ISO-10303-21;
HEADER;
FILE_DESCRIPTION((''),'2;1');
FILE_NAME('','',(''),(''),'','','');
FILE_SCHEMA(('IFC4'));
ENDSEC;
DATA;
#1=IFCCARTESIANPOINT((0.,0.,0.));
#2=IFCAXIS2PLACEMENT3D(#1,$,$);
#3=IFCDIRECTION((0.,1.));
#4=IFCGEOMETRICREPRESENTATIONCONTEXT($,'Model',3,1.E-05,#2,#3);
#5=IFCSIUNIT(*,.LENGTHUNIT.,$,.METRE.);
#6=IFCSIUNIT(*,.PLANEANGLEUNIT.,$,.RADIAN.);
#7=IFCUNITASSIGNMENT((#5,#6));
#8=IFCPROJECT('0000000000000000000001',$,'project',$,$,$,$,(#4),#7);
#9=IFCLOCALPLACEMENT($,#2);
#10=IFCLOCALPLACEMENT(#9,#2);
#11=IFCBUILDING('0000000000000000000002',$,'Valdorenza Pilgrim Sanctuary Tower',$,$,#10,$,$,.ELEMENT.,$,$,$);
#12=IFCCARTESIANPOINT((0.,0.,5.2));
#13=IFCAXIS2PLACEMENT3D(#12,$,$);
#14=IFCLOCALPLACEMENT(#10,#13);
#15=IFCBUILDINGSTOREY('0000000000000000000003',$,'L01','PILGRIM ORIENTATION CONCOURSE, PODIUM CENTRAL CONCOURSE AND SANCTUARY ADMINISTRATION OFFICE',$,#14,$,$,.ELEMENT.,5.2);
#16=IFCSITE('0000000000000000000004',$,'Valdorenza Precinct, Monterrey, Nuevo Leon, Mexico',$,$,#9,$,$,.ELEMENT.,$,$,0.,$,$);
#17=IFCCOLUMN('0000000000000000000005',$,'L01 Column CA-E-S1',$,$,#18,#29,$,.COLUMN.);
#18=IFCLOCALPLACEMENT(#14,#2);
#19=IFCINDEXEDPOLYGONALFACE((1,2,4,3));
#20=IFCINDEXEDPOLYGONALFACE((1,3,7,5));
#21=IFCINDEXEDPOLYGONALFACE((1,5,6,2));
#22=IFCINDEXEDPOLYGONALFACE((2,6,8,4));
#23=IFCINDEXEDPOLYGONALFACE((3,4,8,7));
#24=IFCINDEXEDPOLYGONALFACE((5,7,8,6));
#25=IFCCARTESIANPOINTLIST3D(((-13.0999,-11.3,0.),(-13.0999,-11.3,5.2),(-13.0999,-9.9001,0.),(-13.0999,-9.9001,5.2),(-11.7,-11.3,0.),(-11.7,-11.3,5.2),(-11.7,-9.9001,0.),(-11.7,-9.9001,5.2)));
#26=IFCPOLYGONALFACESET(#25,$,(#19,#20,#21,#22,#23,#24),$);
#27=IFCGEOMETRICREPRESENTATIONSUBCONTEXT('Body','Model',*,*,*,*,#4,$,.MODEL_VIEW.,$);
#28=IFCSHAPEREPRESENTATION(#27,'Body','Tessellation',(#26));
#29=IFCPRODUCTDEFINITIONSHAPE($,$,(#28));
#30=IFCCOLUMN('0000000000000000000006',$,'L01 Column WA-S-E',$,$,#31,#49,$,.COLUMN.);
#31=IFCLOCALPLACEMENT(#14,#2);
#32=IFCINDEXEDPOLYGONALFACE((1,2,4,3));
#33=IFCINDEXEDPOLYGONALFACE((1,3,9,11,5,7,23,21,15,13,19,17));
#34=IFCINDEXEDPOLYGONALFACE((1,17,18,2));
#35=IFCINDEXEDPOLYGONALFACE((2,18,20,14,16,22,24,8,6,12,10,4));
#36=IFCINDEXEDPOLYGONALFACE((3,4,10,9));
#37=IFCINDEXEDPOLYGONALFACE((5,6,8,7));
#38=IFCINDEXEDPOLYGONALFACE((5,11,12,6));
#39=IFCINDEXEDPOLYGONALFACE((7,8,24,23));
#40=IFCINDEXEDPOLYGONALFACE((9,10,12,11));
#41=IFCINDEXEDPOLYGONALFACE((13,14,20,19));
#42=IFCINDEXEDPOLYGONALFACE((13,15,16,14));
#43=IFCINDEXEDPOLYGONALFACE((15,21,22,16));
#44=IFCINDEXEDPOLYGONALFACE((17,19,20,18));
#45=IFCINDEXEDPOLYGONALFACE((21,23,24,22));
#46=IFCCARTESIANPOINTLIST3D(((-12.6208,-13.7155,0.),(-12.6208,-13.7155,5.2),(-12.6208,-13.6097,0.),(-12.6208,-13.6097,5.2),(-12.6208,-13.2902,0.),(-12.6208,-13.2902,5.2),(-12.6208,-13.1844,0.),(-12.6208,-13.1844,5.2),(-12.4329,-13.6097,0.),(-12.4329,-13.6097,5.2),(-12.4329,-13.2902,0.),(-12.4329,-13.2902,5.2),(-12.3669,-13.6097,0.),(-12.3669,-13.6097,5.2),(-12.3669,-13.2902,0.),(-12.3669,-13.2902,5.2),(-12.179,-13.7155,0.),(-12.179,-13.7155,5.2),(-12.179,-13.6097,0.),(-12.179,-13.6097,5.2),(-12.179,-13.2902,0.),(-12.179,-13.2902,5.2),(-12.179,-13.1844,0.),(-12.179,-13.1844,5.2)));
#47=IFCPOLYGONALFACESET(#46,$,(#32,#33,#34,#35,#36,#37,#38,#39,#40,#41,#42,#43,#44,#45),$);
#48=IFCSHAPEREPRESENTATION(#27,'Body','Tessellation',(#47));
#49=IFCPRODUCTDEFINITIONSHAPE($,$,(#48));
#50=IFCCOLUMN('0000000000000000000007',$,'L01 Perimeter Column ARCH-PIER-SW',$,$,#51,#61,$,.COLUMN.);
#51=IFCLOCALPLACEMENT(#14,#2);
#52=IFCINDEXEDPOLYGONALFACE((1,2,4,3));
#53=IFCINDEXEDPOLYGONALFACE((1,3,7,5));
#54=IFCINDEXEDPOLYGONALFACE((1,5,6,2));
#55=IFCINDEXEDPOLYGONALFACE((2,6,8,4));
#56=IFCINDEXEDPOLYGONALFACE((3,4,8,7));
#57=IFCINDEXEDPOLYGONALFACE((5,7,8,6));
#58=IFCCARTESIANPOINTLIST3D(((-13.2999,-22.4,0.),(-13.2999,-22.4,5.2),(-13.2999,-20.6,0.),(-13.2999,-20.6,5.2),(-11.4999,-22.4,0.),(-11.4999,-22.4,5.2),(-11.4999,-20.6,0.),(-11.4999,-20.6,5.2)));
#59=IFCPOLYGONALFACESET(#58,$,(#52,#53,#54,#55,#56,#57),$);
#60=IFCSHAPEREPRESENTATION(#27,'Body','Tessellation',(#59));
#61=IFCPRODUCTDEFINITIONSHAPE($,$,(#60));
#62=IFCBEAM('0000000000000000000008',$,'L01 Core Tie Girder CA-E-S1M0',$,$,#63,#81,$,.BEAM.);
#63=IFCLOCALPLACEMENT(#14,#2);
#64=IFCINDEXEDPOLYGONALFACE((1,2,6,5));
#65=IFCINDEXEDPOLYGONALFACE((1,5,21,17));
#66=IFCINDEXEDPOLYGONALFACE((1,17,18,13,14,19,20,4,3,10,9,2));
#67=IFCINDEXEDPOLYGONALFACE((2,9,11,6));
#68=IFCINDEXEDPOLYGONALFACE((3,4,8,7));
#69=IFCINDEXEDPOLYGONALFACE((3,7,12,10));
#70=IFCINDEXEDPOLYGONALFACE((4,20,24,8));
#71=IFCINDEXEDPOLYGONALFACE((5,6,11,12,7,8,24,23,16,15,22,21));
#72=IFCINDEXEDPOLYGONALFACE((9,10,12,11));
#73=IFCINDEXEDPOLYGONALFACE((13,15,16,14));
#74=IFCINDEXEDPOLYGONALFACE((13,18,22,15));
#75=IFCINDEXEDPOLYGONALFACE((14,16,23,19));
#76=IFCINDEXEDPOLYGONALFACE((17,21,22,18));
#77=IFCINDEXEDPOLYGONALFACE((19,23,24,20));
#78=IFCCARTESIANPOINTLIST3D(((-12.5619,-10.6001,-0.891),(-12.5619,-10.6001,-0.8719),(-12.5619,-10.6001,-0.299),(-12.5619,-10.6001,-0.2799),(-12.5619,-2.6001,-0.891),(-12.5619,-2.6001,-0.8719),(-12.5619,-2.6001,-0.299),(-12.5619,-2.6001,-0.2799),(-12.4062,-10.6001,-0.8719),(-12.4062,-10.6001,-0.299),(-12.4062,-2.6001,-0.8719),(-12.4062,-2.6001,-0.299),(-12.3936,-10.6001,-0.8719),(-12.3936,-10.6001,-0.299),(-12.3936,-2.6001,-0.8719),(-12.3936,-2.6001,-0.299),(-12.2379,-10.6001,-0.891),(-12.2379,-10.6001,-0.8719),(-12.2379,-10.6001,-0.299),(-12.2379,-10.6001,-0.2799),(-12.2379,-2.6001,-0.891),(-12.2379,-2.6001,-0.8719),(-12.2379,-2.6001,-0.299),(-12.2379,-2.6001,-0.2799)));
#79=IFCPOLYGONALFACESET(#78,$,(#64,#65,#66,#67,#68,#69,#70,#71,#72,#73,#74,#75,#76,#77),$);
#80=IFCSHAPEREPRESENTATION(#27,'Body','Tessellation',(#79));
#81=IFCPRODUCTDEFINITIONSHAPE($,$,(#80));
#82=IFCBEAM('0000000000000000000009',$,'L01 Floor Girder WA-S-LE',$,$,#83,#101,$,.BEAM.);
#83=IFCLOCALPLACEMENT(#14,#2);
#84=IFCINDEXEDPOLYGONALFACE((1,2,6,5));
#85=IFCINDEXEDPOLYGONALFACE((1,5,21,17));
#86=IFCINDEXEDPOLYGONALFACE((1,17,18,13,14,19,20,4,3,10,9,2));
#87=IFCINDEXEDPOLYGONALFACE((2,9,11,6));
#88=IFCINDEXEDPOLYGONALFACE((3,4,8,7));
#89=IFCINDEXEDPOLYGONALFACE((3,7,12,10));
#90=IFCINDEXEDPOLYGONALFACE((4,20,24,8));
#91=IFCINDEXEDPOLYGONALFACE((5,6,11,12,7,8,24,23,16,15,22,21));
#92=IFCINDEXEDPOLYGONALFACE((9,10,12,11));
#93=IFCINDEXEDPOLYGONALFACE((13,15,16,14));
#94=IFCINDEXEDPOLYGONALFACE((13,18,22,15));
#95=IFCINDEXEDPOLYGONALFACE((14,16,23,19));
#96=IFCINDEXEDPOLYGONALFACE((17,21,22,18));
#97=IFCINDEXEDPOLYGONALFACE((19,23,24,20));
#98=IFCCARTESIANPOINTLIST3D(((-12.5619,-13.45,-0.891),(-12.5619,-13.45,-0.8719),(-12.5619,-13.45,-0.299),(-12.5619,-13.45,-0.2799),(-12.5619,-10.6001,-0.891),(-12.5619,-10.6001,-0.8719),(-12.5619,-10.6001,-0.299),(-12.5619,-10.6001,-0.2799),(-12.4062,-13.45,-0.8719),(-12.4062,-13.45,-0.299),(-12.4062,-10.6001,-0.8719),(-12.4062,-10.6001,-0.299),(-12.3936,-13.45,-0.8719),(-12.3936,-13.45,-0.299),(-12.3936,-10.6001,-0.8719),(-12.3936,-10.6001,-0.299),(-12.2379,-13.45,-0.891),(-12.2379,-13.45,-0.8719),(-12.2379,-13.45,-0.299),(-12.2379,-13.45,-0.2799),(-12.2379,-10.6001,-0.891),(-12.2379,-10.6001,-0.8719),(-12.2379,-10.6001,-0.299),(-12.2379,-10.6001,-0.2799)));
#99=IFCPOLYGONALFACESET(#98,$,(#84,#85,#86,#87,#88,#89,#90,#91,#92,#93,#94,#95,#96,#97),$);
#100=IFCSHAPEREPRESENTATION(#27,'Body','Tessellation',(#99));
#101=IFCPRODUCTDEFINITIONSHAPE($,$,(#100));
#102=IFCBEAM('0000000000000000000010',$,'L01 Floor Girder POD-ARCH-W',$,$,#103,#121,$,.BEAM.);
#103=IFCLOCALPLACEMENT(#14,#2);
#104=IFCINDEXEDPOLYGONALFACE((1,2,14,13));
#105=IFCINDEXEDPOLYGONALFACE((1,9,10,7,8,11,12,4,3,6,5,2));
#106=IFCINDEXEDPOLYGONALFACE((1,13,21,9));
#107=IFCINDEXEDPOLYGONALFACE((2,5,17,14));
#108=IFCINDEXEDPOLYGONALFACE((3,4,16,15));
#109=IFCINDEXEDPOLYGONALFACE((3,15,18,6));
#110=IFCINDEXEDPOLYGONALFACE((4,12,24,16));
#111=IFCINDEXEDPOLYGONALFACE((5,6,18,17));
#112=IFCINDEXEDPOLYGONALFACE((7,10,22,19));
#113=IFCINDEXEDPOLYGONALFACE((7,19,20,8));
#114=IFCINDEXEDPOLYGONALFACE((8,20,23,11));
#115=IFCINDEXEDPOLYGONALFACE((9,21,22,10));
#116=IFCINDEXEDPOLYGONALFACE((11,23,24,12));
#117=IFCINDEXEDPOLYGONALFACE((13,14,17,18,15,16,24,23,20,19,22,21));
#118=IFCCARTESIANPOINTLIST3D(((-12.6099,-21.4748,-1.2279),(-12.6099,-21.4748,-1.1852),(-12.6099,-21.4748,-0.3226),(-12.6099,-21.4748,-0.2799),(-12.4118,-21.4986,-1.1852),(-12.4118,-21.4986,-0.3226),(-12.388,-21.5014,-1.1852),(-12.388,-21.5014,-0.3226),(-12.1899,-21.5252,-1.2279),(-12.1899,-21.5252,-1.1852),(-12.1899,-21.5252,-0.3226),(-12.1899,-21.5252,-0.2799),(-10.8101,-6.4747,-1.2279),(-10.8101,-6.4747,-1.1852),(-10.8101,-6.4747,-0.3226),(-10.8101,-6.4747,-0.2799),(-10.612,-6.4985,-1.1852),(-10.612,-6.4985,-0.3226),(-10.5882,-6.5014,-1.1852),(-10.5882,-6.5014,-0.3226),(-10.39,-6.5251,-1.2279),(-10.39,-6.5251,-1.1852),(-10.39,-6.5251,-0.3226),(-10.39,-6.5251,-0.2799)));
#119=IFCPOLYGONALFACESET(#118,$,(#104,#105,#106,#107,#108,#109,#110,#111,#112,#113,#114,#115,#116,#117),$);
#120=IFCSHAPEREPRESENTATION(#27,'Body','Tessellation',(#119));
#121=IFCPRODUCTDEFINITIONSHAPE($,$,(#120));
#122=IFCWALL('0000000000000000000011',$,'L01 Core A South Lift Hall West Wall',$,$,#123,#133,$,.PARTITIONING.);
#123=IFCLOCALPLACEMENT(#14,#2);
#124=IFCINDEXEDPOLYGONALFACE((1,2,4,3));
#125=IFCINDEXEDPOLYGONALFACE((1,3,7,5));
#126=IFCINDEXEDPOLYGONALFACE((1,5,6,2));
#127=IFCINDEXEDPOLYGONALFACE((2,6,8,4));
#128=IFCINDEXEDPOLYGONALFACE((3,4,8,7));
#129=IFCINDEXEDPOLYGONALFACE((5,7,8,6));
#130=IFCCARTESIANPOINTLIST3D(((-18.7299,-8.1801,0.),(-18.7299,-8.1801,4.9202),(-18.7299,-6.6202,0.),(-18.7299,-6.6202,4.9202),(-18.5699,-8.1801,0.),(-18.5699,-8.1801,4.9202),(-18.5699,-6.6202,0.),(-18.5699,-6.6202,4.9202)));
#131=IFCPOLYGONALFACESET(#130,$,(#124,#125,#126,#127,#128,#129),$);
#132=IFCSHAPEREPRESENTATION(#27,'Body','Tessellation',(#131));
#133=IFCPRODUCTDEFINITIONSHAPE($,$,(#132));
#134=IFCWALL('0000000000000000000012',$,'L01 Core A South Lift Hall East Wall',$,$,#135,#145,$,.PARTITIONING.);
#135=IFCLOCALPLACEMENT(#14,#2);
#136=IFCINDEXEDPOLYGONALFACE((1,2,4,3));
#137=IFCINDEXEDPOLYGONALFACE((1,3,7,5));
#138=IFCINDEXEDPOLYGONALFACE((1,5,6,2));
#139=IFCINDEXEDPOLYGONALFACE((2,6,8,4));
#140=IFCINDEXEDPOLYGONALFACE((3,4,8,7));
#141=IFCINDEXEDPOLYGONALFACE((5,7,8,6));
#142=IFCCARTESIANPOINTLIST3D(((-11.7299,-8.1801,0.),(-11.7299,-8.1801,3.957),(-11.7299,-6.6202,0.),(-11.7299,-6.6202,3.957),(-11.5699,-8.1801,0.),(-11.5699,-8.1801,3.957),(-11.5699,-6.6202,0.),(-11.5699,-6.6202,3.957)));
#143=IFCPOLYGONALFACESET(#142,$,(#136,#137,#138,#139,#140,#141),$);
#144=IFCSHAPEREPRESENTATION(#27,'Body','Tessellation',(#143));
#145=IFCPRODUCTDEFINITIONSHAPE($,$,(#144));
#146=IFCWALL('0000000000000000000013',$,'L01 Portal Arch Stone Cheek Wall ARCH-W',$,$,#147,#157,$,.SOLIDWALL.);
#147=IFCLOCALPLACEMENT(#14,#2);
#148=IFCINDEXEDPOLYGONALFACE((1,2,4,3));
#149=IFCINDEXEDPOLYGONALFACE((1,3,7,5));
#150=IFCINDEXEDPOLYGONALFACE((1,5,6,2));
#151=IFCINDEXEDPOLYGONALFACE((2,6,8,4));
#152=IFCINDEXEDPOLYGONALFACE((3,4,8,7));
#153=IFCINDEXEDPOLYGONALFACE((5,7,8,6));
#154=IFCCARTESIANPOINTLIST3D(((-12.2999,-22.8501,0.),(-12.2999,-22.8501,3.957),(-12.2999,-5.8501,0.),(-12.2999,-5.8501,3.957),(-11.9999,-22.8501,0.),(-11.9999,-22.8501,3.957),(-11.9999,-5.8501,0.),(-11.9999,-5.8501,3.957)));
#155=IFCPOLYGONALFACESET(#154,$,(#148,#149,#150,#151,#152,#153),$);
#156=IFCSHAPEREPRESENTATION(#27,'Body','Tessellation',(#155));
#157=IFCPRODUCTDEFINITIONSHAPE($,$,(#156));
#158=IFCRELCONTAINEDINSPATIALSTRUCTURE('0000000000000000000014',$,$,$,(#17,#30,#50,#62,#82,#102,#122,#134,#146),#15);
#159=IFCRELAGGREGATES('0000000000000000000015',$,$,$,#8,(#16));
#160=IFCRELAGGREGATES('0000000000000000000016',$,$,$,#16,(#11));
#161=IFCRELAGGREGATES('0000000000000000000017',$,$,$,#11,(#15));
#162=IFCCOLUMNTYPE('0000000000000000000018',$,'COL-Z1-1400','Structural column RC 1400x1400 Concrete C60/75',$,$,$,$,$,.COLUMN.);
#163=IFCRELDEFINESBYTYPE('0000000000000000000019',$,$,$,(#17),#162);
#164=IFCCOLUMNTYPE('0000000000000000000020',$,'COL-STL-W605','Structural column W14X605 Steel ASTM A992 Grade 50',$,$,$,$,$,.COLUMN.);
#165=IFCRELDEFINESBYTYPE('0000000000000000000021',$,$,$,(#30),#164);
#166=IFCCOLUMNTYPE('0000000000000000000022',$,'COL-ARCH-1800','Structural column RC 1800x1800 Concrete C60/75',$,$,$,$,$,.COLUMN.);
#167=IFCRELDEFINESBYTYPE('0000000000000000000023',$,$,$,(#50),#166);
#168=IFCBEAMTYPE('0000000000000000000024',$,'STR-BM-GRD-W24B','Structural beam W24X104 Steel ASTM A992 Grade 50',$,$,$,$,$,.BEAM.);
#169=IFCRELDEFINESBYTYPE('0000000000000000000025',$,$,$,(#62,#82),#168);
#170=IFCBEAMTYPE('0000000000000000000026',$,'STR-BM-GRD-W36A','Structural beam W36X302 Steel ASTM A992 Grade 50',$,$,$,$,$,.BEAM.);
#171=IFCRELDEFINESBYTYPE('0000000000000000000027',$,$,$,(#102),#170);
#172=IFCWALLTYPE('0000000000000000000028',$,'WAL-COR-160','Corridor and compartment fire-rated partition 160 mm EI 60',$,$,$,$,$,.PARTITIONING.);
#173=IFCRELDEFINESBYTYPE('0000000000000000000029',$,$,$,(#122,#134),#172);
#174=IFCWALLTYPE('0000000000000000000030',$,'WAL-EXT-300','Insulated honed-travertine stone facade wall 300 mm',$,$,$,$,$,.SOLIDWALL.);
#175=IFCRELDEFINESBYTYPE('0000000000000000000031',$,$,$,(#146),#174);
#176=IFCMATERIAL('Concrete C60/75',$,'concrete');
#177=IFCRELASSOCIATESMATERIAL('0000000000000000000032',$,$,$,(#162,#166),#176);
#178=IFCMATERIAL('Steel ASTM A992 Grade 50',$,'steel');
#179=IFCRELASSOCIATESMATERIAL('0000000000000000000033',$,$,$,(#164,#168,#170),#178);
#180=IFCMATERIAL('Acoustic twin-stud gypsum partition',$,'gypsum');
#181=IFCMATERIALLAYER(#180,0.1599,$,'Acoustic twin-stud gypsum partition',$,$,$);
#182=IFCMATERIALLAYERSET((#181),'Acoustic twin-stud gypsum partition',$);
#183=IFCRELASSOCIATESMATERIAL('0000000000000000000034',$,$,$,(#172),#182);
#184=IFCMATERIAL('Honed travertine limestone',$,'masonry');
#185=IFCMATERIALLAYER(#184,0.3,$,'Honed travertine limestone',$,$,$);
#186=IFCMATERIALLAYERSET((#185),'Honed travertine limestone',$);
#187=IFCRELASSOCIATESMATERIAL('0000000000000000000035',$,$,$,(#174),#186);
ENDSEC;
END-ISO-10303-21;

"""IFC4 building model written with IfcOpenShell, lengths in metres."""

from ifc_helpers import new_model, si_unit, direction, frame, frame_2d, origin, origin_2d, place, context, subcontext, project, spatial, rectangle, i_section, extrude, source, transform, mapped, material, layer, layer_set, material_profile, profile_set, type_object, element, save


model = new_model("IFC4")

# Units and contexts
model_context = context("Model", 3, precision=1e-05, world=origin(), true_north=direction((0.0, 1.0)))
body_context = subcontext(model_context, "Body", "Model", "MODEL_VIEW")
ifc_project = project(units=[si_unit("LENGTHUNIT", "METRE"), si_unit("PLANEANGLEUNIT", "RADIAN")], contexts=[model_context])

# Site, building, storey
site_placement = place(None, origin())
site = spatial("IfcSite", under=ifc_project, at=site_placement, Name="Valdorenza Precinct, Monterrey, Nuevo Leon, Mexico", CompositionType="ELEMENT", RefElevation=0.0)
building_placement = place(site_placement, origin())
building = spatial("IfcBuilding", under=site, at=building_placement, Name="Valdorenza Pilgrim Sanctuary Tower", CompositionType="ELEMENT")
storey_placement = place(building_placement, frame((0.0, 0.0, 5.2)))
storey = spatial("IfcBuildingStorey", under=building, at=storey_placement, Name="L01", Description="PILGRIM ORIENTATION CONCOURSE, PODIUM CENTRAL CONCOURSE AND SANCTUARY ADMINISTRATION OFFICE", CompositionType="ELEMENT", Elevation=5.2)

# Columns
ifc_material_1 = material(Name="Concrete C60/75", Category="concrete")
ifc_material_profile_1 = material_profile(ifc_material_1, rectangle(XDim=1.3999, YDim=1.3999, at=origin_2d()), Name="RC 1400x1400")
ifc_profile_set_1 = profile_set([ifc_material_profile_1], Name="Concrete C60/75")
column_type_1 = type_object("IfcColumnType", Name="COL-Z1-1400", Description="Structural column RC 1400x1400 Concrete C60/75", PredefinedType="COLUMN", material=ifc_profile_set_1)
shared_shape_1 = source(origin(), body_context, "Body", "SweptSolid", [
    extrude(rectangle(XDim=1.3999, YDim=1.3999, at=origin_2d()), origin(), (0.0, 0.0, 1.0), 5.2),
])
column_1_placement = place(storey_placement, frame((-12.3999, -10.6001, 0.0), z_axis=(0.0, 0.0, 1.0), x_axis=(1.0, 0.0, 0.0)))
element("IfcColumn", 1, at=column_1_placement, inside=storey, type_object=column_type_1, Name="L01 Column CA-E-S1", PredefinedType="COLUMN", context=body_context, shape_type="MappedRepresentation", body=[
    mapped(shared_shape_1, transform((0.0, 0.0, 0.0), x_axis=(1.0, 0.0, 0.0), y_axis=(0.0, 1.0, 0.0), z_axis=(0.0, 0.0, 1.0), scale=1.0)),
])
ifc_material_2 = material(Name="Steel ASTM A992 Grade 50", Category="steel")
ifc_material_profile_2 = material_profile(ifc_material_2, i_section(OverallWidth=0.4419, OverallDepth=0.531, WebThickness=0.0659, FlangeThickness=0.1057, at=origin_2d()), Name="W14X605")
ifc_profile_set_2 = profile_set([ifc_material_profile_2], Name="Steel ASTM A992 Grade 50")
column_type_2 = type_object("IfcColumnType", Name="COL-STL-W605", Description="Structural column W14X605 Steel ASTM A992 Grade 50", PredefinedType="COLUMN", material=ifc_profile_set_2)
shared_shape_2 = source(origin(), body_context, "Body", "SweptSolid", [
    extrude(i_section(OverallWidth=0.4419, OverallDepth=0.531, WebThickness=0.0659, FlangeThickness=0.1057, at=origin_2d()), origin(), (0.0, 0.0, 1.0), 5.2),
])
column_2_placement = place(storey_placement, frame((-12.3999, -13.45, 0.0), z_axis=(0.0, 0.0, 1.0), x_axis=(1.0, 0.0, 0.0)))
element("IfcColumn", 2, at=column_2_placement, inside=storey, type_object=column_type_2, Name="L01 Column WA-S-E", PredefinedType="COLUMN", context=body_context, shape_type="MappedRepresentation", body=[
    mapped(shared_shape_2, transform((0.0, 0.0, 0.0), x_axis=(1.0, 0.0, 0.0), y_axis=(0.0, 1.0, 0.0), z_axis=(0.0, 0.0, 1.0), scale=1.0)),
])
ifc_material_profile_3 = material_profile(ifc_material_1, rectangle(XDim=1.8, YDim=1.8, at=origin_2d()), Name="RC 1800x1800")
ifc_profile_set_3 = profile_set([ifc_material_profile_3], Name="Concrete C60/75")
column_type_3 = type_object("IfcColumnType", Name="COL-ARCH-1800", Description="Structural column RC 1800x1800 Concrete C60/75", PredefinedType="COLUMN", material=ifc_profile_set_3)
shared_shape_3 = source(origin(), body_context, "Body", "SweptSolid", [
    extrude(rectangle(XDim=1.8, YDim=1.8, at=origin_2d()), origin(), (0.0, 0.0, 1.0), 5.2),
])
column_3_placement = place(storey_placement, frame((-12.3999, -21.5, 0.0), z_axis=(0.0, 0.0, 1.0), x_axis=(1.0, 0.0, 0.0)))
element("IfcColumn", 3, at=column_3_placement, inside=storey, type_object=column_type_3, Name="L01 Perimeter Column ARCH-PIER-SW", PredefinedType="COLUMN", context=body_context, shape_type="MappedRepresentation", body=[
    mapped(shared_shape_3, transform((0.0, 0.0, 0.0), x_axis=(1.0, 0.0, 0.0), y_axis=(0.0, 1.0, 0.0), z_axis=(0.0, 0.0, 1.0), scale=1.0)),
])

# Beams
ifc_material_profile_4 = material_profile(ifc_material_2, i_section(OverallWidth=0.324, OverallDepth=0.6111, WebThickness=0.0127, FlangeThickness=0.019, at=origin_2d()), Name="W24X104")
ifc_profile_set_4 = profile_set([ifc_material_profile_4], Name="Steel ASTM A992 Grade 50")
beam_type_1 = type_object("IfcBeamType", Name="STR-BM-GRD-W24B", Description="Structural beam W24X104 Steel ASTM A992 Grade 50", PredefinedType="BEAM", material=ifc_profile_set_4)
shared_shape_4 = source(origin(), body_context, "Body", "SweptSolid", [
    extrude(i_section(OverallWidth=0.324, OverallDepth=0.6111, WebThickness=0.0127, FlangeThickness=0.019, at=origin_2d()), origin(), (0.0, 0.0, 1.0), 8.0),
])
beam_1_placement = place(storey_placement, frame((-12.3999, -10.6001, -0.5854), z_axis=(0.0, 1.0, 0.0), x_axis=(-1.0, 0.0, 0.0)))
element("IfcBeam", 4, at=beam_1_placement, inside=storey, type_object=beam_type_1, Name="L01 Core Tie Girder CA-E-S1M0", PredefinedType="BEAM", context=body_context, shape_type="MappedRepresentation", body=[
    mapped(shared_shape_4, transform((0.0, 0.0, 0.0), x_axis=(1.0, 0.0, 0.0), y_axis=(0.0, 1.0, 0.0), z_axis=(0.0, 0.0, 1.0), scale=1.0)),
])
shared_shape_5 = source(origin(), body_context, "Body", "SweptSolid", [
    extrude(i_section(OverallWidth=0.324, OverallDepth=0.6111, WebThickness=0.0127, FlangeThickness=0.019, at=origin_2d()), origin(), (0.0, 0.0, 1.0), 2.8499),
])
beam_2_placement = place(storey_placement, frame((-12.3999, -13.45, -0.5854), z_axis=(0.0, 1.0, 0.0), x_axis=(-1.0, 0.0, 0.0)))
element("IfcBeam", 5, at=beam_2_placement, inside=storey, type_object=beam_type_1, Name="L01 Floor Girder WA-S-LE", PredefinedType="BEAM", context=body_context, shape_type="MappedRepresentation", body=[
    mapped(shared_shape_5, transform((0.0, 0.0, 0.0), x_axis=(1.0, 0.0, 0.0), y_axis=(0.0, 1.0, 0.0), z_axis=(0.0, 0.0, 1.0), scale=1.0)),
])
ifc_material_profile_5 = material_profile(ifc_material_2, i_section(OverallWidth=0.4231, OverallDepth=0.948, WebThickness=0.0239, FlangeThickness=0.0427, at=origin_2d()), Name="W36X302")
ifc_profile_set_5 = profile_set([ifc_material_profile_5], Name="Steel ASTM A992 Grade 50")
beam_type_2 = type_object("IfcBeamType", Name="STR-BM-GRD-W36A", Description="Structural beam W36X302 Steel ASTM A992 Grade 50", PredefinedType="BEAM", material=ifc_profile_set_5)
shared_shape_6 = source(origin(), body_context, "Body", "SweptSolid", [
    extrude(i_section(OverallWidth=0.4231, OverallDepth=0.948, WebThickness=0.0239, FlangeThickness=0.0427, at=origin_2d()), origin(), (0.0, 0.0, 1.0), 15.1077),
])
beam_3_placement = place(storey_placement, frame((-12.3999, -21.5, -0.7539), z_axis=(0.119132, 0.992878, 0.0), x_axis=(-0.992878, 0.119132, 0.0)))
element("IfcBeam", 6, at=beam_3_placement, inside=storey, type_object=beam_type_2, Name="L01 Floor Girder POD-ARCH-W", PredefinedType="BEAM", context=body_context, shape_type="MappedRepresentation", body=[
    mapped(shared_shape_6, transform((0.0, 0.0, 0.0), x_axis=(1.0, 0.0, 0.0), y_axis=(0.0, 1.0, 0.0), z_axis=(0.0, 0.0, 1.0), scale=1.0)),
])

# Walls
ifc_material_3 = material(Name="Acoustic twin-stud gypsum partition", Category="gypsum")
ifc_layer_1 = layer(ifc_material_3, 0.1599, Name="Acoustic twin-stud gypsum partition")
ifc_layer_set_1 = layer_set([ifc_layer_1], Name="Acoustic twin-stud gypsum partition")
wall_type_1 = type_object("IfcWallType", Name="WAL-COR-160", Description="Corridor and compartment fire-rated partition 160 mm EI 60", PredefinedType="PARTITIONING", material=ifc_layer_set_1)
wall_1_placement = place(storey_placement, frame((-18.6499, -8.1799, 0.0), z_axis=(0.0, 0.0, 1.0), x_axis=(0.0, 1.0, 0.0)))
element("IfcWall", 7, at=wall_1_placement, inside=storey, type_object=wall_type_1, Name="L01 Core A South Lift Hall West Wall", PredefinedType="PARTITIONING", context=body_context, shape_type="SweptSolid", body=[
    extrude(rectangle(XDim=1.5598, YDim=0.1599, at=frame_2d((0.7798, 0.0))), origin(), (0.0, 0.0, 1.0), 4.9202),
])
wall_2_placement = place(storey_placement, frame((-11.6499, -8.1799, 0.0), z_axis=(0.0, 0.0, 1.0), x_axis=(0.0, 1.0, 0.0)))
element("IfcWall", 8, at=wall_2_placement, inside=storey, type_object=wall_type_1, Name="L01 Core A South Lift Hall East Wall", PredefinedType="PARTITIONING", context=body_context, shape_type="SweptSolid", body=[
    extrude(rectangle(XDim=1.5598, YDim=0.1599, at=frame_2d((0.7798, 0.0))), origin(), (0.0, 0.0, 1.0), 3.957),
])
ifc_material_4 = material(Name="Honed travertine limestone", Category="masonry")
ifc_layer_2 = layer(ifc_material_4, 0.3, Name="Honed travertine limestone")
ifc_layer_set_2 = layer_set([ifc_layer_2], Name="Honed travertine limestone")
wall_type_2 = type_object("IfcWallType", Name="WAL-EXT-300", Description="Insulated honed-travertine stone facade wall 300 mm", PredefinedType="SOLIDWALL", material=ifc_layer_set_2)
wall_3_placement = place(storey_placement, frame((-12.1499, -22.8501, 0.0), z_axis=(0.0, 0.0, 1.0), x_axis=(0.0, 1.0, 0.0)))
element("IfcWall", 9, at=wall_3_placement, inside=storey, type_object=wall_type_2, Name="L01 Portal Arch Stone Cheek Wall ARCH-W", PredefinedType="SOLIDWALL", context=body_context, shape_type="SweptSolid", body=[
    extrude(rectangle(XDim=17.0, YDim=0.3, at=frame_2d((8.5, 0.0))), origin(), (0.0, 0.0, 1.0), 3.957),
])

save(model, "model.ifc")
